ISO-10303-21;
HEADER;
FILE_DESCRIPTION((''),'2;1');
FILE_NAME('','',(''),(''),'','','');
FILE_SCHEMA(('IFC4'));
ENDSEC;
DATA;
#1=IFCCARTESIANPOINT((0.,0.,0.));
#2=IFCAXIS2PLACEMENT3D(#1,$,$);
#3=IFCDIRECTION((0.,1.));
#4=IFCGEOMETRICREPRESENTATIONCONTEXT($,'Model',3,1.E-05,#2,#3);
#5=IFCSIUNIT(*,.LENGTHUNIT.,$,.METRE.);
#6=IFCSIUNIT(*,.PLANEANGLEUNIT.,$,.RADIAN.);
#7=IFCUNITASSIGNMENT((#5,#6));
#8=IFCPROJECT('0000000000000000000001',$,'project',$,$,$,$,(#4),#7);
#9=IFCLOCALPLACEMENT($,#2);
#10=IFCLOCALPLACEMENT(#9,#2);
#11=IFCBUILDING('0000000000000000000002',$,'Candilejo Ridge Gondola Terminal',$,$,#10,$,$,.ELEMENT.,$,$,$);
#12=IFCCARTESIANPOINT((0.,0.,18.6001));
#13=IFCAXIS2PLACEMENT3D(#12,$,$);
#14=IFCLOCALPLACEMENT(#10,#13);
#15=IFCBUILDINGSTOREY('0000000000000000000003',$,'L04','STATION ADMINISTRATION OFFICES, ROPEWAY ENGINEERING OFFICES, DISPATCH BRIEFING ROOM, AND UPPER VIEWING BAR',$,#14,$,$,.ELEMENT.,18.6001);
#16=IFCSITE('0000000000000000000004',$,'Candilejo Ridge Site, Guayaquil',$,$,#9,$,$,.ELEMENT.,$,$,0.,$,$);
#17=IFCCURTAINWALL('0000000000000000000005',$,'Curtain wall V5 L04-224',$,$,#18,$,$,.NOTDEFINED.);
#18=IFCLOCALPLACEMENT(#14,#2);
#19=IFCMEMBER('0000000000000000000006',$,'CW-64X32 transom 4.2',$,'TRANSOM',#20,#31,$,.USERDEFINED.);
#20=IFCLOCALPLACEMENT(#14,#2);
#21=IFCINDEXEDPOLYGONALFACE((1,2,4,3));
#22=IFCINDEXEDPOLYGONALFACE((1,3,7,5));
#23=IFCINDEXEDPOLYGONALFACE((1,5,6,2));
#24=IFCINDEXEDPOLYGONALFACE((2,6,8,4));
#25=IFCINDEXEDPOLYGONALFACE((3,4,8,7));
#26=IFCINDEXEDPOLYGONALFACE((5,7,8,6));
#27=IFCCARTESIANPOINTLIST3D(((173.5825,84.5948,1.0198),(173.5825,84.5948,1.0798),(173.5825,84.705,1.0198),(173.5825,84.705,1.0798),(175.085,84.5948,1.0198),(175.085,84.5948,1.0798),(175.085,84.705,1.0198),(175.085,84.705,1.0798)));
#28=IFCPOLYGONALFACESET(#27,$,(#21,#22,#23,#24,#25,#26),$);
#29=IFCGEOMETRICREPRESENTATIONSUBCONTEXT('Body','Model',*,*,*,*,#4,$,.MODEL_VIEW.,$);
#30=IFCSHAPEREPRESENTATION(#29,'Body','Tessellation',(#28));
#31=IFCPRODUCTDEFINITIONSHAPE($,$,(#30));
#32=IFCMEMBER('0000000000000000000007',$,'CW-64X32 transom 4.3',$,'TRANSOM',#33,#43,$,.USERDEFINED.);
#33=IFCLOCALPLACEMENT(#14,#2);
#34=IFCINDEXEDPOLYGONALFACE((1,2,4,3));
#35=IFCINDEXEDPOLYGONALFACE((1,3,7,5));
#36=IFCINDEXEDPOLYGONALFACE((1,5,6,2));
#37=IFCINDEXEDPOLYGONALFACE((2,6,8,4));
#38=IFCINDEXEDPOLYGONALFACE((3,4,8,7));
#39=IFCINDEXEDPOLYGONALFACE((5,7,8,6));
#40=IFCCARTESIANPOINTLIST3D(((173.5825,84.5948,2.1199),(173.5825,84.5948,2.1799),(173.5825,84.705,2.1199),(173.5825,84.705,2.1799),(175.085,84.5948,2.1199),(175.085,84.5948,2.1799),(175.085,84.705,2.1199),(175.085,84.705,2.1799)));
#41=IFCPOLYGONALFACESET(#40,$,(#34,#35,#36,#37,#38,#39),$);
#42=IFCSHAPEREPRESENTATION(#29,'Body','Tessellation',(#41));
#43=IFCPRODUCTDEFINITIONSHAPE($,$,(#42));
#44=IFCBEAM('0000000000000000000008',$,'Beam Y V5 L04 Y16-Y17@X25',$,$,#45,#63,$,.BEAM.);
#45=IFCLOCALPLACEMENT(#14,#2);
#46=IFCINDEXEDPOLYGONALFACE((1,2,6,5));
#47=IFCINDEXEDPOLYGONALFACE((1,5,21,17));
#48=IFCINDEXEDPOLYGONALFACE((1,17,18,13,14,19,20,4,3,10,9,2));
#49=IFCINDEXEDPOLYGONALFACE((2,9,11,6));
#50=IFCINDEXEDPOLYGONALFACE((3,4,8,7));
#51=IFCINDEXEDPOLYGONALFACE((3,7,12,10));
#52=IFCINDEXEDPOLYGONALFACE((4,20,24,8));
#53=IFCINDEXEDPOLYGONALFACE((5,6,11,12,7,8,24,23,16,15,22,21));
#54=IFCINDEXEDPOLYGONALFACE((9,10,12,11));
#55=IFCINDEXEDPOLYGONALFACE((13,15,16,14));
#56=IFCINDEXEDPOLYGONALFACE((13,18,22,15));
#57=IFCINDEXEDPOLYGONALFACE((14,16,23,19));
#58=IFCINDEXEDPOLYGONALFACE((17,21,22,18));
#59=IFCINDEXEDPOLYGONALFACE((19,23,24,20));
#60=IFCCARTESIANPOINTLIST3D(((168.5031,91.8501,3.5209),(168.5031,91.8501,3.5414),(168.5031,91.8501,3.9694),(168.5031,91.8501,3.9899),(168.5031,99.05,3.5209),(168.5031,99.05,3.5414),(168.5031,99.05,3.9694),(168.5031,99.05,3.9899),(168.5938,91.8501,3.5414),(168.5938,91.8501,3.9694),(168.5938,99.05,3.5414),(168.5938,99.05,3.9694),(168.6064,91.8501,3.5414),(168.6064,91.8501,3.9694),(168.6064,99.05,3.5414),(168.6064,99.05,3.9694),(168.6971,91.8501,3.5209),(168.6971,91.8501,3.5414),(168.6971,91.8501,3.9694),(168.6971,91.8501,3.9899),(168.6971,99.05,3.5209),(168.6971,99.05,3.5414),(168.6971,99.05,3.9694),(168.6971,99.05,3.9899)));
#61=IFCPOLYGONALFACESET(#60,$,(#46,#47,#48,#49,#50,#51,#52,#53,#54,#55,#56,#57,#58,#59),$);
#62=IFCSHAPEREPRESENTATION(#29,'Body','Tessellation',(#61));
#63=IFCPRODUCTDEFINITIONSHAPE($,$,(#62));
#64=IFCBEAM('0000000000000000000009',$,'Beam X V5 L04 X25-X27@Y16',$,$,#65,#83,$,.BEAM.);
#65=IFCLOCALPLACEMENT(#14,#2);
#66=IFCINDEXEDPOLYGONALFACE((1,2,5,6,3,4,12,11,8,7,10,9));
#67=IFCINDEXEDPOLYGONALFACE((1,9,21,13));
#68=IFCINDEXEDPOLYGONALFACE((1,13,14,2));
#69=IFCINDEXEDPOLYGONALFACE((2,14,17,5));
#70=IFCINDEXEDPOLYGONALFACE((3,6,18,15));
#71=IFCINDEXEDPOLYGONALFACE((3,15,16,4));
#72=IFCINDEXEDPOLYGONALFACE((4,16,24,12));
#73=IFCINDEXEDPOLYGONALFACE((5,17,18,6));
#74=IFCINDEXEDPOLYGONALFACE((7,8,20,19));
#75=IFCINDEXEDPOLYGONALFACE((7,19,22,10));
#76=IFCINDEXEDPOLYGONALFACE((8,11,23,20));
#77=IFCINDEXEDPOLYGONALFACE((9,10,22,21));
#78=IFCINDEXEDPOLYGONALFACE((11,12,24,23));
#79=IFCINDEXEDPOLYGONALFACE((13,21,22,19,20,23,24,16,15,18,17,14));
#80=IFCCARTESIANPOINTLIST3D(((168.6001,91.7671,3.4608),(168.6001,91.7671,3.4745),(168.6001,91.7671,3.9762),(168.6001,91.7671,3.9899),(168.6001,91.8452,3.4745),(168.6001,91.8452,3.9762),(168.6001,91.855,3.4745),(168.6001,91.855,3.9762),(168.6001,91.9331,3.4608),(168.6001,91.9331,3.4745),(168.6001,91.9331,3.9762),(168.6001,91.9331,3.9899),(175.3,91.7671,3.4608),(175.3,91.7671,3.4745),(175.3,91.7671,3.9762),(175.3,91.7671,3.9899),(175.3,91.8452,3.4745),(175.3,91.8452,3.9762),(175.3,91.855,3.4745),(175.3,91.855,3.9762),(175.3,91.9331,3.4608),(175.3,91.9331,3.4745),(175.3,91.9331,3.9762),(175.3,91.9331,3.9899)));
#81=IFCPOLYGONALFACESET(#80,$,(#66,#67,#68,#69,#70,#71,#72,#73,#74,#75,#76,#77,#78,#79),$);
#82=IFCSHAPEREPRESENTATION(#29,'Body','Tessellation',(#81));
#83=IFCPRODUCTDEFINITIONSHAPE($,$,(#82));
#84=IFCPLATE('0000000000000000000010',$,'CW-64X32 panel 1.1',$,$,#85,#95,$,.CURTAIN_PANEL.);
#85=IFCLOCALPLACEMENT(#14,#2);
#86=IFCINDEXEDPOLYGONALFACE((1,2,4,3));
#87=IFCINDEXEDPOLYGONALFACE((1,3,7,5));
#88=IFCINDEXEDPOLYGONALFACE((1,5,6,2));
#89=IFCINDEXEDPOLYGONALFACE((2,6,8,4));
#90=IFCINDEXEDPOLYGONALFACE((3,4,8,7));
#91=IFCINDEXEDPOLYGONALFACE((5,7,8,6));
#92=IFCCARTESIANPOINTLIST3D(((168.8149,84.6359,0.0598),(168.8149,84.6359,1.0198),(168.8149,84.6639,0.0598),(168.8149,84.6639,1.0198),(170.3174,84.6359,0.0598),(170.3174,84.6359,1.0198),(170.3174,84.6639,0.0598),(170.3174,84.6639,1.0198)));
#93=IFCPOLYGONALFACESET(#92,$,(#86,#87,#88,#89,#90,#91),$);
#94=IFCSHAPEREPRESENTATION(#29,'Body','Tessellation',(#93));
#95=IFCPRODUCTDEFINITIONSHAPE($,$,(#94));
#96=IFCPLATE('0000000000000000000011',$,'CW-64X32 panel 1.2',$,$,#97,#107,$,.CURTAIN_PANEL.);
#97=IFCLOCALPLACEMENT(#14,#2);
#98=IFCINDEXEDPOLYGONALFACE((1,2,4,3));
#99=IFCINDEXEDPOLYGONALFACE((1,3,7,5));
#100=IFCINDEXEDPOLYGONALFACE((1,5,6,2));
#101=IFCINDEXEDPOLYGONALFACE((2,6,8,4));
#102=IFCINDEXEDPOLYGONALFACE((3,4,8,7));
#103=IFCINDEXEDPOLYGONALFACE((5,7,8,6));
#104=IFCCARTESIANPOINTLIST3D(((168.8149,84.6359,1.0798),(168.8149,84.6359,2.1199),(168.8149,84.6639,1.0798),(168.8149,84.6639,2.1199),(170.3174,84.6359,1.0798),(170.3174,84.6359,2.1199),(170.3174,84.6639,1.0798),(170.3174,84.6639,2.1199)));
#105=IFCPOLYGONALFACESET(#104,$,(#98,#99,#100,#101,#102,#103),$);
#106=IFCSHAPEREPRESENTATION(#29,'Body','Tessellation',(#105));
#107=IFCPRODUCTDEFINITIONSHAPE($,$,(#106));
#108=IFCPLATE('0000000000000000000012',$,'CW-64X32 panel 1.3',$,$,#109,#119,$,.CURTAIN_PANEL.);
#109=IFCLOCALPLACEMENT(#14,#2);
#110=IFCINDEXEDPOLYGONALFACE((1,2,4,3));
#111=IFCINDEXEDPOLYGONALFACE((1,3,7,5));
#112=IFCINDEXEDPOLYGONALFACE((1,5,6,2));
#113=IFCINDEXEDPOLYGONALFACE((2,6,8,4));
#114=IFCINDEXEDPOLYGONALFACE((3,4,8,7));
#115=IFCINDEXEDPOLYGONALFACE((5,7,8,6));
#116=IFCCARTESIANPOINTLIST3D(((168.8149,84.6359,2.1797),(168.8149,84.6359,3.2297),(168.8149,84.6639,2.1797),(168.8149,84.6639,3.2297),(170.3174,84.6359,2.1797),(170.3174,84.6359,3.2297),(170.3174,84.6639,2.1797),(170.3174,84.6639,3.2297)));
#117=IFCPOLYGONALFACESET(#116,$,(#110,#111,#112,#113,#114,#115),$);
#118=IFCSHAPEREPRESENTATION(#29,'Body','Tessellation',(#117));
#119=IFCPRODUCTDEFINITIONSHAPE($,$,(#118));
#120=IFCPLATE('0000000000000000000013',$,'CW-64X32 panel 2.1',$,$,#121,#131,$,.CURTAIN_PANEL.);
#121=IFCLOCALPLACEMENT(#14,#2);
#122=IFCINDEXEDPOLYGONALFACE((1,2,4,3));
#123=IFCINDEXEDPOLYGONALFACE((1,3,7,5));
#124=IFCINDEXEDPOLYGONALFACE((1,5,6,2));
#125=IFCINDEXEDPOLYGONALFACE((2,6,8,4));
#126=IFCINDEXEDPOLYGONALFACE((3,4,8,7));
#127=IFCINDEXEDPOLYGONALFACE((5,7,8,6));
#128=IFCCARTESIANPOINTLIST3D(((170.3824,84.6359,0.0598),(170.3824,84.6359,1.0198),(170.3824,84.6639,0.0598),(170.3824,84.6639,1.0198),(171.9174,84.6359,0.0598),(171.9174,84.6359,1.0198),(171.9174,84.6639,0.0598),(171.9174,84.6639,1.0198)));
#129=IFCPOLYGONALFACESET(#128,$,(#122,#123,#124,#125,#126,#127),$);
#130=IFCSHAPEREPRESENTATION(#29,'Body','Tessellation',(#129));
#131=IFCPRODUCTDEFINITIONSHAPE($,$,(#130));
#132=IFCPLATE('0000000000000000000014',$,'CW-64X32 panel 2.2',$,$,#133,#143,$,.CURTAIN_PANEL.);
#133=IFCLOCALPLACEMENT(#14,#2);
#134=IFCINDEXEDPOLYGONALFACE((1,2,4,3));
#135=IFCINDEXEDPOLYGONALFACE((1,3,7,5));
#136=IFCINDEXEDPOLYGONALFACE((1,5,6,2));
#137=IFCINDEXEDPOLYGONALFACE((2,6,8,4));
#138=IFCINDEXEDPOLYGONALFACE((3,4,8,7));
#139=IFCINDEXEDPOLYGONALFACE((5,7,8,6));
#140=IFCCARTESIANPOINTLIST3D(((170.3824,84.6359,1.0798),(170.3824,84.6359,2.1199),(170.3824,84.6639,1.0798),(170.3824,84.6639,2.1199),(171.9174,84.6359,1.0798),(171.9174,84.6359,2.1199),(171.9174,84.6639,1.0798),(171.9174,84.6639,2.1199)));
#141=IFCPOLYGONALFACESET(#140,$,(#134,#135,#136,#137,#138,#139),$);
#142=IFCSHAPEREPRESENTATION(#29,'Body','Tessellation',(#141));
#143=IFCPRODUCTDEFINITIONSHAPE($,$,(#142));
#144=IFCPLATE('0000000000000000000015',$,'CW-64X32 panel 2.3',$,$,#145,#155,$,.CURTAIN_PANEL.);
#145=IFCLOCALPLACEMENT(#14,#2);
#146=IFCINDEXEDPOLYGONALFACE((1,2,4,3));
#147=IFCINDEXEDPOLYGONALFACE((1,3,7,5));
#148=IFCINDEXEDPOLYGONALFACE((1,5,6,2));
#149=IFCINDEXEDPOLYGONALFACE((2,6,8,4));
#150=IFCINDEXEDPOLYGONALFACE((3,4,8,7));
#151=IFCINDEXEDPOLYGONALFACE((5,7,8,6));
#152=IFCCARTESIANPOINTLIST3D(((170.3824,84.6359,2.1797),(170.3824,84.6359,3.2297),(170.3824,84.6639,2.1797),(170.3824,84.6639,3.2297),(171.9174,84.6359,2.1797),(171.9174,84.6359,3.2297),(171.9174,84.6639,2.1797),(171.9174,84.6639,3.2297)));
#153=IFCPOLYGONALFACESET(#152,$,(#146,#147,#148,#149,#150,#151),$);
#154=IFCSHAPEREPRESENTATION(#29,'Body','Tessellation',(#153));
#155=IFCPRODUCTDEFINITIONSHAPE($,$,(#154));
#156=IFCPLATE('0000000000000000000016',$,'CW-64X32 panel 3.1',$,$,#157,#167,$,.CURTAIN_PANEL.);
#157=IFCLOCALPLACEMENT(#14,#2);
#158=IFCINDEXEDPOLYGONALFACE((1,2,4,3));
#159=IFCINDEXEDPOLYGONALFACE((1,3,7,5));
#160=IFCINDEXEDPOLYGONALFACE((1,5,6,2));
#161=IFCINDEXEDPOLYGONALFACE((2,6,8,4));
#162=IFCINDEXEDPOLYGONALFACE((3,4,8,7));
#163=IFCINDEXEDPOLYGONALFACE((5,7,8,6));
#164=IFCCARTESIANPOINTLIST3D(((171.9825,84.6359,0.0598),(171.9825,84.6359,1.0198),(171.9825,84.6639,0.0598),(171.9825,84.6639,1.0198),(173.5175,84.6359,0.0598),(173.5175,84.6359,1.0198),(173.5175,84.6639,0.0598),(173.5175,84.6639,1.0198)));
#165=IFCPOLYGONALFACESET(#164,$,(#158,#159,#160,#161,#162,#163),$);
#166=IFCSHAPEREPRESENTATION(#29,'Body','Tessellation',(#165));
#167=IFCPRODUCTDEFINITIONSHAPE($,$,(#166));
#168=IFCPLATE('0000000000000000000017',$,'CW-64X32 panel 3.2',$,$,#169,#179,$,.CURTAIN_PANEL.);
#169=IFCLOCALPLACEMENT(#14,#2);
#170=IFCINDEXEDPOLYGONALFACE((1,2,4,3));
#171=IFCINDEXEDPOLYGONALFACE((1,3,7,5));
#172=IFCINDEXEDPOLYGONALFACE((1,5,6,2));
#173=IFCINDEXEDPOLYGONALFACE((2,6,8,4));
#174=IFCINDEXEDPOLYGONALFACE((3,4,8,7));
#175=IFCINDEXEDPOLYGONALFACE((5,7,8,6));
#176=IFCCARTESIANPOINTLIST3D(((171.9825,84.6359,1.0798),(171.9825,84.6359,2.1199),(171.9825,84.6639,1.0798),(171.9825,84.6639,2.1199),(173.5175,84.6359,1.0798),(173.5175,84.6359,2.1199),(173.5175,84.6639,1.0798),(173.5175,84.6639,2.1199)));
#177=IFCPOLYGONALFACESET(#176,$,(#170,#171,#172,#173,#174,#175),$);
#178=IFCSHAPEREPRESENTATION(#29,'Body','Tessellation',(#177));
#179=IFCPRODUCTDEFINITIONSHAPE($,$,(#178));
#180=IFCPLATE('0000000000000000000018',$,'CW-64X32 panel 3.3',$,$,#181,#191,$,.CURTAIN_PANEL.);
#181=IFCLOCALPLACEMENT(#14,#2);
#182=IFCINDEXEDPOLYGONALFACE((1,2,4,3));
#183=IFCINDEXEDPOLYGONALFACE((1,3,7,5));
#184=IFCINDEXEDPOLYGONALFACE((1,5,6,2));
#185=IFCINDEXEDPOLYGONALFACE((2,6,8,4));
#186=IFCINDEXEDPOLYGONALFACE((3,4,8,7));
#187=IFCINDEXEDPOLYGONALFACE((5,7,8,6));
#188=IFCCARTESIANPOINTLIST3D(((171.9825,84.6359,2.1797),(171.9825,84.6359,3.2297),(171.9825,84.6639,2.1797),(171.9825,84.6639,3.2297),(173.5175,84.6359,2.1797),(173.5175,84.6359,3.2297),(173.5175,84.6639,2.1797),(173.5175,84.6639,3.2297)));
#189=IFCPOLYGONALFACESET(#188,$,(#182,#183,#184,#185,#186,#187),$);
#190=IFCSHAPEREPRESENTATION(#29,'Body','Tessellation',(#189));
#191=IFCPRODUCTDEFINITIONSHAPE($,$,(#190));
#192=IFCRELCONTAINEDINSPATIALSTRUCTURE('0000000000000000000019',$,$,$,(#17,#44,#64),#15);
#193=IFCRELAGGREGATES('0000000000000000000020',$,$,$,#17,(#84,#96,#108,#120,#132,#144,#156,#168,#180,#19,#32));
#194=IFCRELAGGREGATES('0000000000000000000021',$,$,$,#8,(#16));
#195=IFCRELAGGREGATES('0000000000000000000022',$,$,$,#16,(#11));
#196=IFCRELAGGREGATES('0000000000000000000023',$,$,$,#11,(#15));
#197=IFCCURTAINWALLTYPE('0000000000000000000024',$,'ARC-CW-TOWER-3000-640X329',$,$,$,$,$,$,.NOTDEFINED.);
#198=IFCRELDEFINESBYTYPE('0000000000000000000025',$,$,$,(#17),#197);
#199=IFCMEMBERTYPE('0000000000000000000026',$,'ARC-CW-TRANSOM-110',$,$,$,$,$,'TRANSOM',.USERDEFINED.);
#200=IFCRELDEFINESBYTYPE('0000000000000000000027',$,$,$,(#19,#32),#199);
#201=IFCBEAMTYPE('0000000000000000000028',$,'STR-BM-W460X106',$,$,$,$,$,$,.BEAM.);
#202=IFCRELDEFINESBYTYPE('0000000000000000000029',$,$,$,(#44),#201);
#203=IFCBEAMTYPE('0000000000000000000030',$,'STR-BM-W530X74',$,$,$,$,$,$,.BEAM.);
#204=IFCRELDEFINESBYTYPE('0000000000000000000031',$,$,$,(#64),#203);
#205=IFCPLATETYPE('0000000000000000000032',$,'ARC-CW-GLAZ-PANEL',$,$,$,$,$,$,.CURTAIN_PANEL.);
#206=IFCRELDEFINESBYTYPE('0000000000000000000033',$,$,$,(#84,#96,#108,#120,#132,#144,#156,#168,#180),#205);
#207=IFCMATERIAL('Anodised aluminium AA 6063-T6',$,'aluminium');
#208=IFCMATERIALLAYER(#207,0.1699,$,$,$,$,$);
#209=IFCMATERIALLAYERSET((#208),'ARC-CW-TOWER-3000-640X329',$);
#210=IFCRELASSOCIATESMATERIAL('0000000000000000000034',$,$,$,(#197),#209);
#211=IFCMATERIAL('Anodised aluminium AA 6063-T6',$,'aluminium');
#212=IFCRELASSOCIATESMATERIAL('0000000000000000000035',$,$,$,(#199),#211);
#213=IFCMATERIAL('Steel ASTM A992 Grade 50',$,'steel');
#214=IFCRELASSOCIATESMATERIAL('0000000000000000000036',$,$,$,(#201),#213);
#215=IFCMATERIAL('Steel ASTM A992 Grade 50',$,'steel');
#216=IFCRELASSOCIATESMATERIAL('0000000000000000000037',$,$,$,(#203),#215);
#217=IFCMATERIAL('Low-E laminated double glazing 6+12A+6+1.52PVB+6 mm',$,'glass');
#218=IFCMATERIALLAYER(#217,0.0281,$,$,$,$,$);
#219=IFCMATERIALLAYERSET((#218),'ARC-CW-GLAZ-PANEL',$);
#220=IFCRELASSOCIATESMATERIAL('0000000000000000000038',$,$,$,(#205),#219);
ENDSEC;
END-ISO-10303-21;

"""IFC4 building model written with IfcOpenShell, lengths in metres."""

from ifc_helpers import new_model, si_unit, direction, frame, origin, origin_2d, place, context, subcontext, project, spatial, rectangle, i_section, extrude, material, layer, layer_set, material_profile, profile_set, type_object, element, aggregate, save


model = new_model("IFC4")

# Units and contexts
model_context = context("Model", 3, precision=1e-05, world=origin(), true_north=direction((0.0, 1.0)))
body_context = subcontext(model_context, "Body", "Model", "MODEL_VIEW")
ifc_project = project(units=[si_unit("LENGTHUNIT", "METRE"), si_unit("PLANEANGLEUNIT", "RADIAN")], contexts=[model_context])

# Site, building, storey
site_placement = place(None, origin())
site = spatial("IfcSite", under=ifc_project, at=site_placement, Name="Candilejo Ridge Site, Guayaquil", CompositionType="ELEMENT", RefElevation=0.0)
building_placement = place(site_placement, origin())
building = spatial("IfcBuilding", under=site, at=building_placement, Name="Candilejo Ridge Gondola Terminal", CompositionType="ELEMENT")
storey_placement = place(building_placement, frame((0.0, 0.0, 18.6001)))
storey = spatial("IfcBuildingStorey", under=building, at=storey_placement, Name="L04", Description="STATION ADMINISTRATION OFFICES, ROPEWAY ENGINEERING OFFICES, DISPATCH BRIEFING ROOM, AND UPPER VIEWING BAR", CompositionType="ELEMENT", Elevation=18.6001)

# Curtain wall, members
ifc_material_1 = material(Name="Anodised aluminium AA 6063-T6", Category="aluminium")
ifc_layer_1 = layer(ifc_material_1, 0.1699)
ifc_layer_set_1 = layer_set([ifc_layer_1], Name="ARC-CW-TOWER-3000-640X329")
curtain_wall_type = type_object("IfcCurtainWallType", Name="ARC-CW-TOWER-3000-640X329", PredefinedType="NOTDEFINED", material=ifc_layer_set_1)
curtain_wall_placement = place(storey_placement, origin())
curtain_wall = element("IfcCurtainWall", 1, at=curtain_wall_placement, inside=storey, type_object=curtain_wall_type, Name="Curtain wall V5 L04-224", PredefinedType="NOTDEFINED")
ifc_material_2 = material(Name="Anodised aluminium AA 6063-T6", Category="aluminium")
ifc_material_profile_1 = material_profile(ifc_material_2, rectangle(XDim=0.1101, YDim=0.0601, at=origin_2d()))
ifc_profile_set_1 = profile_set([ifc_material_profile_1], Name="Anodised aluminium AA 6063-T6")
member_type_1 = type_object("IfcMemberType", Name="ARC-CW-TRANSOM-110", ElementType="TRANSOM", PredefinedType="USERDEFINED", material=ifc_profile_set_1)
member_1_placement = place(storey_placement, frame((173.5825, 84.6499, 1.0498), z_axis=(1.0, 0.0, 0.0), x_axis=(0.0, 1.0, 0.0)))
member_1 = element("IfcMember", 2, at=member_1_placement, type_object=member_type_1, Name="CW-64X32 transom 4.2", ObjectType="TRANSOM", PredefinedType="USERDEFINED", context=body_context, shape_type="SweptSolid", body=[
    extrude(rectangle(XDim=0.1101, YDim=0.0601, at=origin_2d()), origin(), (0.0, 0.0, 1.0), 1.5024),
])
member_2_placement = place(storey_placement, frame((173.5825, 84.6499, 2.1499), z_axis=(1.0, 0.0, 0.0), x_axis=(0.0, 1.0, 0.0)))
member_2 = element("IfcMember", 3, at=member_2_placement, type_object=member_type_1, Name="CW-64X32 transom 4.3", ObjectType="TRANSOM", PredefinedType="USERDEFINED", context=body_context, shape_type="SweptSolid", body=[
    extrude(rectangle(XDim=0.1101, YDim=0.0601, at=origin_2d()), origin(), (0.0, 0.0, 1.0), 1.5024),
])

# Beams
ifc_material_3 = material(Name="Steel ASTM A992 Grade 50", Category="steel")
ifc_material_profile_2 = material_profile(ifc_material_3, i_section(OverallWidth=0.1941, OverallDepth=0.469, WebThickness=0.0127, FlangeThickness=0.0205, at=origin_2d()))
ifc_profile_set_2 = profile_set([ifc_material_profile_2], Name="Steel ASTM A992 Grade 50")
beam_type_1 = type_object("IfcBeamType", Name="STR-BM-W460X106", PredefinedType="BEAM", material=ifc_profile_set_2)
beam_1_placement = place(storey_placement, frame((168.6001, 91.8501, 3.7554), z_axis=(0.0, 1.0, 0.0), x_axis=(-1.0, 0.0, 0.0)))
element("IfcBeam", 4, at=beam_1_placement, inside=storey, type_object=beam_type_1, Name="Beam Y V5 L04 Y16-Y17@X25", PredefinedType="BEAM", context=body_context, shape_type="SweptSolid", body=[
    extrude(i_section(OverallWidth=0.1941, OverallDepth=0.469, WebThickness=0.0127, FlangeThickness=0.0205, at=origin_2d()), origin(), (0.0, 0.0, 1.0), 7.2),
])
ifc_material_4 = material(Name="Steel ASTM A992 Grade 50", Category="steel")
ifc_material_profile_3 = material_profile(ifc_material_4, i_section(OverallWidth=0.166, OverallDepth=0.5291, WebThickness=0.0098, FlangeThickness=0.0137, at=origin_2d()))
ifc_profile_set_3 = profile_set([ifc_material_profile_3], Name="Steel ASTM A992 Grade 50")
beam_type_2 = type_object("IfcBeamType", Name="STR-BM-W530X74", PredefinedType="BEAM", material=ifc_profile_set_3)
beam_2_placement = place(storey_placement, frame((168.6001, 91.8501, 3.7253), z_axis=(1.0, 0.0, 0.0), x_axis=(0.0, 1.0, 0.0)))
element("IfcBeam", 5, at=beam_2_placement, inside=storey, type_object=beam_type_2, Name="Beam X V5 L04 X25-X27@Y16", PredefinedType="BEAM", context=body_context, shape_type="SweptSolid", body=[
    extrude(i_section(OverallWidth=0.166, OverallDepth=0.5291, WebThickness=0.0098, FlangeThickness=0.0137, at=origin_2d()), origin(), (0.0, 0.0, 1.0), 6.7),
])

# Plates
ifc_material_5 = material(Name="Low-E laminated double glazing 6+12A+6+1.52PVB+6 mm", Category="glass")
ifc_layer_2 = layer(ifc_material_5, 0.0281)
ifc_layer_set_2 = layer_set([ifc_layer_2], Name="ARC-CW-GLAZ-PANEL")
plate_type_1 = type_object("IfcPlateType", Name="ARC-CW-GLAZ-PANEL", PredefinedType="CURTAIN_PANEL", material=ifc_layer_set_2)
plate_1_placement = place(storey_placement, frame((169.5662, 84.6499, 0.0598), z_axis=(0.0, 0.0, 1.0), x_axis=(1.0, 0.0, 0.0)))
plate_1 = element("IfcPlate", 6, at=plate_1_placement, type_object=plate_type_1, Name="CW-64X32 panel 1.1", PredefinedType="CURTAIN_PANEL", context=body_context, shape_type="SweptSolid", body=[
    extrude(rectangle(XDim=1.5024, YDim=0.0281, at=origin_2d()), origin(), (0.0, 0.0, 1.0), 0.96),
])
plate_2_placement = place(storey_placement, frame((169.5662, 84.6499, 1.0798), z_axis=(0.0, 0.0, 1.0), x_axis=(1.0, 0.0, 0.0)))
plate_2 = element("IfcPlate", 7, at=plate_2_placement, type_object=plate_type_1, Name="CW-64X32 panel 1.2", PredefinedType="CURTAIN_PANEL", context=body_context, shape_type="SweptSolid", body=[
    extrude(rectangle(XDim=1.5024, YDim=0.0281, at=origin_2d()), origin(), (0.0, 0.0, 1.0), 1.04),
])
plate_3_placement = place(storey_placement, frame((169.5662, 84.6499, 2.1797), z_axis=(0.0, 0.0, 1.0), x_axis=(1.0, 0.0, 0.0)))
plate_3 = element("IfcPlate", 8, at=plate_3_placement, type_object=plate_type_1, Name="CW-64X32 panel 1.3", PredefinedType="CURTAIN_PANEL", context=body_context, shape_type="SweptSolid", body=[
    extrude(rectangle(XDim=1.5024, YDim=0.0281, at=origin_2d()), origin(), (0.0, 0.0, 1.0), 1.05),
])
plate_4_placement = place(storey_placement, frame((171.1499, 84.6499, 0.0598), z_axis=(0.0, 0.0, 1.0), x_axis=(1.0, 0.0, 0.0)))
plate_4 = element("IfcPlate", 9, at=plate_4_placement, type_object=plate_type_1, Name="CW-64X32 panel 2.1", PredefinedType="CURTAIN_PANEL", context=body_context, shape_type="SweptSolid", body=[
    extrude(rectangle(XDim=1.5349, YDim=0.0281, at=origin_2d()), origin(), (0.0, 0.0, 1.0), 0.96),
])
plate_5_placement = place(storey_placement, frame((171.1499, 84.6499, 1.0798), z_axis=(0.0, 0.0, 1.0), x_axis=(1.0, 0.0, 0.0)))
plate_5 = element("IfcPlate", 10, at=plate_5_placement, type_object=plate_type_1, Name="CW-64X32 panel 2.2", PredefinedType="CURTAIN_PANEL", context=body_context, shape_type="SweptSolid", body=[
    extrude(rectangle(XDim=1.5349, YDim=0.0281, at=origin_2d()), origin(), (0.0, 0.0, 1.0), 1.04),
])
plate_6_placement = place(storey_placement, frame((171.1499, 84.6499, 2.1797), z_axis=(0.0, 0.0, 1.0), x_axis=(1.0, 0.0, 0.0)))
plate_6 = element("IfcPlate", 11, at=plate_6_placement, type_object=plate_type_1, Name="CW-64X32 panel 2.3", PredefinedType="CURTAIN_PANEL", context=body_context, shape_type="SweptSolid", body=[
    extrude(rectangle(XDim=1.5349, YDim=0.0281, at=origin_2d()), origin(), (0.0, 0.0, 1.0), 1.05),
])
plate_7_placement = place(storey_placement, frame((172.75, 84.6499, 0.0598), z_axis=(0.0, 0.0, 1.0), x_axis=(1.0, 0.0, 0.0)))
plate_7 = element("IfcPlate", 12, at=plate_7_placement, type_object=plate_type_1, Name="CW-64X32 panel 3.1", PredefinedType="CURTAIN_PANEL", context=body_context, shape_type="SweptSolid", body=[
    extrude(rectangle(XDim=1.5349, YDim=0.0281, at=origin_2d()), origin(), (0.0, 0.0, 1.0), 0.96),
])
plate_8_placement = place(storey_placement, frame((172.75, 84.6499, 1.0798), z_axis=(0.0, 0.0, 1.0), x_axis=(1.0, 0.0, 0.0)))
plate_8 = element("IfcPlate", 13, at=plate_8_placement, type_object=plate_type_1, Name="CW-64X32 panel 3.2", PredefinedType="CURTAIN_PANEL", context=body_context, shape_type="SweptSolid", body=[
    extrude(rectangle(XDim=1.5349, YDim=0.0281, at=origin_2d()), origin(), (0.0, 0.0, 1.0), 1.04),
])
plate_9_placement = place(storey_placement, frame((172.75, 84.6499, 2.1797), z_axis=(0.0, 0.0, 1.0), x_axis=(1.0, 0.0, 0.0)))
plate_9 = element("IfcPlate", 14, at=plate_9_placement, type_object=plate_type_1, Name="CW-64X32 panel 3.3", PredefinedType="CURTAIN_PANEL", context=body_context, shape_type="SweptSolid", body=[
    extrude(rectangle(XDim=1.5349, YDim=0.0281, at=origin_2d()), origin(), (0.0, 0.0, 1.0), 1.05),
])
aggregate(curtain_wall, [plate_1, plate_2, plate_3, plate_4, plate_5, plate_6, plate_7, plate_8, plate_9, member_1, member_2])

save(model, "model.ifc")
